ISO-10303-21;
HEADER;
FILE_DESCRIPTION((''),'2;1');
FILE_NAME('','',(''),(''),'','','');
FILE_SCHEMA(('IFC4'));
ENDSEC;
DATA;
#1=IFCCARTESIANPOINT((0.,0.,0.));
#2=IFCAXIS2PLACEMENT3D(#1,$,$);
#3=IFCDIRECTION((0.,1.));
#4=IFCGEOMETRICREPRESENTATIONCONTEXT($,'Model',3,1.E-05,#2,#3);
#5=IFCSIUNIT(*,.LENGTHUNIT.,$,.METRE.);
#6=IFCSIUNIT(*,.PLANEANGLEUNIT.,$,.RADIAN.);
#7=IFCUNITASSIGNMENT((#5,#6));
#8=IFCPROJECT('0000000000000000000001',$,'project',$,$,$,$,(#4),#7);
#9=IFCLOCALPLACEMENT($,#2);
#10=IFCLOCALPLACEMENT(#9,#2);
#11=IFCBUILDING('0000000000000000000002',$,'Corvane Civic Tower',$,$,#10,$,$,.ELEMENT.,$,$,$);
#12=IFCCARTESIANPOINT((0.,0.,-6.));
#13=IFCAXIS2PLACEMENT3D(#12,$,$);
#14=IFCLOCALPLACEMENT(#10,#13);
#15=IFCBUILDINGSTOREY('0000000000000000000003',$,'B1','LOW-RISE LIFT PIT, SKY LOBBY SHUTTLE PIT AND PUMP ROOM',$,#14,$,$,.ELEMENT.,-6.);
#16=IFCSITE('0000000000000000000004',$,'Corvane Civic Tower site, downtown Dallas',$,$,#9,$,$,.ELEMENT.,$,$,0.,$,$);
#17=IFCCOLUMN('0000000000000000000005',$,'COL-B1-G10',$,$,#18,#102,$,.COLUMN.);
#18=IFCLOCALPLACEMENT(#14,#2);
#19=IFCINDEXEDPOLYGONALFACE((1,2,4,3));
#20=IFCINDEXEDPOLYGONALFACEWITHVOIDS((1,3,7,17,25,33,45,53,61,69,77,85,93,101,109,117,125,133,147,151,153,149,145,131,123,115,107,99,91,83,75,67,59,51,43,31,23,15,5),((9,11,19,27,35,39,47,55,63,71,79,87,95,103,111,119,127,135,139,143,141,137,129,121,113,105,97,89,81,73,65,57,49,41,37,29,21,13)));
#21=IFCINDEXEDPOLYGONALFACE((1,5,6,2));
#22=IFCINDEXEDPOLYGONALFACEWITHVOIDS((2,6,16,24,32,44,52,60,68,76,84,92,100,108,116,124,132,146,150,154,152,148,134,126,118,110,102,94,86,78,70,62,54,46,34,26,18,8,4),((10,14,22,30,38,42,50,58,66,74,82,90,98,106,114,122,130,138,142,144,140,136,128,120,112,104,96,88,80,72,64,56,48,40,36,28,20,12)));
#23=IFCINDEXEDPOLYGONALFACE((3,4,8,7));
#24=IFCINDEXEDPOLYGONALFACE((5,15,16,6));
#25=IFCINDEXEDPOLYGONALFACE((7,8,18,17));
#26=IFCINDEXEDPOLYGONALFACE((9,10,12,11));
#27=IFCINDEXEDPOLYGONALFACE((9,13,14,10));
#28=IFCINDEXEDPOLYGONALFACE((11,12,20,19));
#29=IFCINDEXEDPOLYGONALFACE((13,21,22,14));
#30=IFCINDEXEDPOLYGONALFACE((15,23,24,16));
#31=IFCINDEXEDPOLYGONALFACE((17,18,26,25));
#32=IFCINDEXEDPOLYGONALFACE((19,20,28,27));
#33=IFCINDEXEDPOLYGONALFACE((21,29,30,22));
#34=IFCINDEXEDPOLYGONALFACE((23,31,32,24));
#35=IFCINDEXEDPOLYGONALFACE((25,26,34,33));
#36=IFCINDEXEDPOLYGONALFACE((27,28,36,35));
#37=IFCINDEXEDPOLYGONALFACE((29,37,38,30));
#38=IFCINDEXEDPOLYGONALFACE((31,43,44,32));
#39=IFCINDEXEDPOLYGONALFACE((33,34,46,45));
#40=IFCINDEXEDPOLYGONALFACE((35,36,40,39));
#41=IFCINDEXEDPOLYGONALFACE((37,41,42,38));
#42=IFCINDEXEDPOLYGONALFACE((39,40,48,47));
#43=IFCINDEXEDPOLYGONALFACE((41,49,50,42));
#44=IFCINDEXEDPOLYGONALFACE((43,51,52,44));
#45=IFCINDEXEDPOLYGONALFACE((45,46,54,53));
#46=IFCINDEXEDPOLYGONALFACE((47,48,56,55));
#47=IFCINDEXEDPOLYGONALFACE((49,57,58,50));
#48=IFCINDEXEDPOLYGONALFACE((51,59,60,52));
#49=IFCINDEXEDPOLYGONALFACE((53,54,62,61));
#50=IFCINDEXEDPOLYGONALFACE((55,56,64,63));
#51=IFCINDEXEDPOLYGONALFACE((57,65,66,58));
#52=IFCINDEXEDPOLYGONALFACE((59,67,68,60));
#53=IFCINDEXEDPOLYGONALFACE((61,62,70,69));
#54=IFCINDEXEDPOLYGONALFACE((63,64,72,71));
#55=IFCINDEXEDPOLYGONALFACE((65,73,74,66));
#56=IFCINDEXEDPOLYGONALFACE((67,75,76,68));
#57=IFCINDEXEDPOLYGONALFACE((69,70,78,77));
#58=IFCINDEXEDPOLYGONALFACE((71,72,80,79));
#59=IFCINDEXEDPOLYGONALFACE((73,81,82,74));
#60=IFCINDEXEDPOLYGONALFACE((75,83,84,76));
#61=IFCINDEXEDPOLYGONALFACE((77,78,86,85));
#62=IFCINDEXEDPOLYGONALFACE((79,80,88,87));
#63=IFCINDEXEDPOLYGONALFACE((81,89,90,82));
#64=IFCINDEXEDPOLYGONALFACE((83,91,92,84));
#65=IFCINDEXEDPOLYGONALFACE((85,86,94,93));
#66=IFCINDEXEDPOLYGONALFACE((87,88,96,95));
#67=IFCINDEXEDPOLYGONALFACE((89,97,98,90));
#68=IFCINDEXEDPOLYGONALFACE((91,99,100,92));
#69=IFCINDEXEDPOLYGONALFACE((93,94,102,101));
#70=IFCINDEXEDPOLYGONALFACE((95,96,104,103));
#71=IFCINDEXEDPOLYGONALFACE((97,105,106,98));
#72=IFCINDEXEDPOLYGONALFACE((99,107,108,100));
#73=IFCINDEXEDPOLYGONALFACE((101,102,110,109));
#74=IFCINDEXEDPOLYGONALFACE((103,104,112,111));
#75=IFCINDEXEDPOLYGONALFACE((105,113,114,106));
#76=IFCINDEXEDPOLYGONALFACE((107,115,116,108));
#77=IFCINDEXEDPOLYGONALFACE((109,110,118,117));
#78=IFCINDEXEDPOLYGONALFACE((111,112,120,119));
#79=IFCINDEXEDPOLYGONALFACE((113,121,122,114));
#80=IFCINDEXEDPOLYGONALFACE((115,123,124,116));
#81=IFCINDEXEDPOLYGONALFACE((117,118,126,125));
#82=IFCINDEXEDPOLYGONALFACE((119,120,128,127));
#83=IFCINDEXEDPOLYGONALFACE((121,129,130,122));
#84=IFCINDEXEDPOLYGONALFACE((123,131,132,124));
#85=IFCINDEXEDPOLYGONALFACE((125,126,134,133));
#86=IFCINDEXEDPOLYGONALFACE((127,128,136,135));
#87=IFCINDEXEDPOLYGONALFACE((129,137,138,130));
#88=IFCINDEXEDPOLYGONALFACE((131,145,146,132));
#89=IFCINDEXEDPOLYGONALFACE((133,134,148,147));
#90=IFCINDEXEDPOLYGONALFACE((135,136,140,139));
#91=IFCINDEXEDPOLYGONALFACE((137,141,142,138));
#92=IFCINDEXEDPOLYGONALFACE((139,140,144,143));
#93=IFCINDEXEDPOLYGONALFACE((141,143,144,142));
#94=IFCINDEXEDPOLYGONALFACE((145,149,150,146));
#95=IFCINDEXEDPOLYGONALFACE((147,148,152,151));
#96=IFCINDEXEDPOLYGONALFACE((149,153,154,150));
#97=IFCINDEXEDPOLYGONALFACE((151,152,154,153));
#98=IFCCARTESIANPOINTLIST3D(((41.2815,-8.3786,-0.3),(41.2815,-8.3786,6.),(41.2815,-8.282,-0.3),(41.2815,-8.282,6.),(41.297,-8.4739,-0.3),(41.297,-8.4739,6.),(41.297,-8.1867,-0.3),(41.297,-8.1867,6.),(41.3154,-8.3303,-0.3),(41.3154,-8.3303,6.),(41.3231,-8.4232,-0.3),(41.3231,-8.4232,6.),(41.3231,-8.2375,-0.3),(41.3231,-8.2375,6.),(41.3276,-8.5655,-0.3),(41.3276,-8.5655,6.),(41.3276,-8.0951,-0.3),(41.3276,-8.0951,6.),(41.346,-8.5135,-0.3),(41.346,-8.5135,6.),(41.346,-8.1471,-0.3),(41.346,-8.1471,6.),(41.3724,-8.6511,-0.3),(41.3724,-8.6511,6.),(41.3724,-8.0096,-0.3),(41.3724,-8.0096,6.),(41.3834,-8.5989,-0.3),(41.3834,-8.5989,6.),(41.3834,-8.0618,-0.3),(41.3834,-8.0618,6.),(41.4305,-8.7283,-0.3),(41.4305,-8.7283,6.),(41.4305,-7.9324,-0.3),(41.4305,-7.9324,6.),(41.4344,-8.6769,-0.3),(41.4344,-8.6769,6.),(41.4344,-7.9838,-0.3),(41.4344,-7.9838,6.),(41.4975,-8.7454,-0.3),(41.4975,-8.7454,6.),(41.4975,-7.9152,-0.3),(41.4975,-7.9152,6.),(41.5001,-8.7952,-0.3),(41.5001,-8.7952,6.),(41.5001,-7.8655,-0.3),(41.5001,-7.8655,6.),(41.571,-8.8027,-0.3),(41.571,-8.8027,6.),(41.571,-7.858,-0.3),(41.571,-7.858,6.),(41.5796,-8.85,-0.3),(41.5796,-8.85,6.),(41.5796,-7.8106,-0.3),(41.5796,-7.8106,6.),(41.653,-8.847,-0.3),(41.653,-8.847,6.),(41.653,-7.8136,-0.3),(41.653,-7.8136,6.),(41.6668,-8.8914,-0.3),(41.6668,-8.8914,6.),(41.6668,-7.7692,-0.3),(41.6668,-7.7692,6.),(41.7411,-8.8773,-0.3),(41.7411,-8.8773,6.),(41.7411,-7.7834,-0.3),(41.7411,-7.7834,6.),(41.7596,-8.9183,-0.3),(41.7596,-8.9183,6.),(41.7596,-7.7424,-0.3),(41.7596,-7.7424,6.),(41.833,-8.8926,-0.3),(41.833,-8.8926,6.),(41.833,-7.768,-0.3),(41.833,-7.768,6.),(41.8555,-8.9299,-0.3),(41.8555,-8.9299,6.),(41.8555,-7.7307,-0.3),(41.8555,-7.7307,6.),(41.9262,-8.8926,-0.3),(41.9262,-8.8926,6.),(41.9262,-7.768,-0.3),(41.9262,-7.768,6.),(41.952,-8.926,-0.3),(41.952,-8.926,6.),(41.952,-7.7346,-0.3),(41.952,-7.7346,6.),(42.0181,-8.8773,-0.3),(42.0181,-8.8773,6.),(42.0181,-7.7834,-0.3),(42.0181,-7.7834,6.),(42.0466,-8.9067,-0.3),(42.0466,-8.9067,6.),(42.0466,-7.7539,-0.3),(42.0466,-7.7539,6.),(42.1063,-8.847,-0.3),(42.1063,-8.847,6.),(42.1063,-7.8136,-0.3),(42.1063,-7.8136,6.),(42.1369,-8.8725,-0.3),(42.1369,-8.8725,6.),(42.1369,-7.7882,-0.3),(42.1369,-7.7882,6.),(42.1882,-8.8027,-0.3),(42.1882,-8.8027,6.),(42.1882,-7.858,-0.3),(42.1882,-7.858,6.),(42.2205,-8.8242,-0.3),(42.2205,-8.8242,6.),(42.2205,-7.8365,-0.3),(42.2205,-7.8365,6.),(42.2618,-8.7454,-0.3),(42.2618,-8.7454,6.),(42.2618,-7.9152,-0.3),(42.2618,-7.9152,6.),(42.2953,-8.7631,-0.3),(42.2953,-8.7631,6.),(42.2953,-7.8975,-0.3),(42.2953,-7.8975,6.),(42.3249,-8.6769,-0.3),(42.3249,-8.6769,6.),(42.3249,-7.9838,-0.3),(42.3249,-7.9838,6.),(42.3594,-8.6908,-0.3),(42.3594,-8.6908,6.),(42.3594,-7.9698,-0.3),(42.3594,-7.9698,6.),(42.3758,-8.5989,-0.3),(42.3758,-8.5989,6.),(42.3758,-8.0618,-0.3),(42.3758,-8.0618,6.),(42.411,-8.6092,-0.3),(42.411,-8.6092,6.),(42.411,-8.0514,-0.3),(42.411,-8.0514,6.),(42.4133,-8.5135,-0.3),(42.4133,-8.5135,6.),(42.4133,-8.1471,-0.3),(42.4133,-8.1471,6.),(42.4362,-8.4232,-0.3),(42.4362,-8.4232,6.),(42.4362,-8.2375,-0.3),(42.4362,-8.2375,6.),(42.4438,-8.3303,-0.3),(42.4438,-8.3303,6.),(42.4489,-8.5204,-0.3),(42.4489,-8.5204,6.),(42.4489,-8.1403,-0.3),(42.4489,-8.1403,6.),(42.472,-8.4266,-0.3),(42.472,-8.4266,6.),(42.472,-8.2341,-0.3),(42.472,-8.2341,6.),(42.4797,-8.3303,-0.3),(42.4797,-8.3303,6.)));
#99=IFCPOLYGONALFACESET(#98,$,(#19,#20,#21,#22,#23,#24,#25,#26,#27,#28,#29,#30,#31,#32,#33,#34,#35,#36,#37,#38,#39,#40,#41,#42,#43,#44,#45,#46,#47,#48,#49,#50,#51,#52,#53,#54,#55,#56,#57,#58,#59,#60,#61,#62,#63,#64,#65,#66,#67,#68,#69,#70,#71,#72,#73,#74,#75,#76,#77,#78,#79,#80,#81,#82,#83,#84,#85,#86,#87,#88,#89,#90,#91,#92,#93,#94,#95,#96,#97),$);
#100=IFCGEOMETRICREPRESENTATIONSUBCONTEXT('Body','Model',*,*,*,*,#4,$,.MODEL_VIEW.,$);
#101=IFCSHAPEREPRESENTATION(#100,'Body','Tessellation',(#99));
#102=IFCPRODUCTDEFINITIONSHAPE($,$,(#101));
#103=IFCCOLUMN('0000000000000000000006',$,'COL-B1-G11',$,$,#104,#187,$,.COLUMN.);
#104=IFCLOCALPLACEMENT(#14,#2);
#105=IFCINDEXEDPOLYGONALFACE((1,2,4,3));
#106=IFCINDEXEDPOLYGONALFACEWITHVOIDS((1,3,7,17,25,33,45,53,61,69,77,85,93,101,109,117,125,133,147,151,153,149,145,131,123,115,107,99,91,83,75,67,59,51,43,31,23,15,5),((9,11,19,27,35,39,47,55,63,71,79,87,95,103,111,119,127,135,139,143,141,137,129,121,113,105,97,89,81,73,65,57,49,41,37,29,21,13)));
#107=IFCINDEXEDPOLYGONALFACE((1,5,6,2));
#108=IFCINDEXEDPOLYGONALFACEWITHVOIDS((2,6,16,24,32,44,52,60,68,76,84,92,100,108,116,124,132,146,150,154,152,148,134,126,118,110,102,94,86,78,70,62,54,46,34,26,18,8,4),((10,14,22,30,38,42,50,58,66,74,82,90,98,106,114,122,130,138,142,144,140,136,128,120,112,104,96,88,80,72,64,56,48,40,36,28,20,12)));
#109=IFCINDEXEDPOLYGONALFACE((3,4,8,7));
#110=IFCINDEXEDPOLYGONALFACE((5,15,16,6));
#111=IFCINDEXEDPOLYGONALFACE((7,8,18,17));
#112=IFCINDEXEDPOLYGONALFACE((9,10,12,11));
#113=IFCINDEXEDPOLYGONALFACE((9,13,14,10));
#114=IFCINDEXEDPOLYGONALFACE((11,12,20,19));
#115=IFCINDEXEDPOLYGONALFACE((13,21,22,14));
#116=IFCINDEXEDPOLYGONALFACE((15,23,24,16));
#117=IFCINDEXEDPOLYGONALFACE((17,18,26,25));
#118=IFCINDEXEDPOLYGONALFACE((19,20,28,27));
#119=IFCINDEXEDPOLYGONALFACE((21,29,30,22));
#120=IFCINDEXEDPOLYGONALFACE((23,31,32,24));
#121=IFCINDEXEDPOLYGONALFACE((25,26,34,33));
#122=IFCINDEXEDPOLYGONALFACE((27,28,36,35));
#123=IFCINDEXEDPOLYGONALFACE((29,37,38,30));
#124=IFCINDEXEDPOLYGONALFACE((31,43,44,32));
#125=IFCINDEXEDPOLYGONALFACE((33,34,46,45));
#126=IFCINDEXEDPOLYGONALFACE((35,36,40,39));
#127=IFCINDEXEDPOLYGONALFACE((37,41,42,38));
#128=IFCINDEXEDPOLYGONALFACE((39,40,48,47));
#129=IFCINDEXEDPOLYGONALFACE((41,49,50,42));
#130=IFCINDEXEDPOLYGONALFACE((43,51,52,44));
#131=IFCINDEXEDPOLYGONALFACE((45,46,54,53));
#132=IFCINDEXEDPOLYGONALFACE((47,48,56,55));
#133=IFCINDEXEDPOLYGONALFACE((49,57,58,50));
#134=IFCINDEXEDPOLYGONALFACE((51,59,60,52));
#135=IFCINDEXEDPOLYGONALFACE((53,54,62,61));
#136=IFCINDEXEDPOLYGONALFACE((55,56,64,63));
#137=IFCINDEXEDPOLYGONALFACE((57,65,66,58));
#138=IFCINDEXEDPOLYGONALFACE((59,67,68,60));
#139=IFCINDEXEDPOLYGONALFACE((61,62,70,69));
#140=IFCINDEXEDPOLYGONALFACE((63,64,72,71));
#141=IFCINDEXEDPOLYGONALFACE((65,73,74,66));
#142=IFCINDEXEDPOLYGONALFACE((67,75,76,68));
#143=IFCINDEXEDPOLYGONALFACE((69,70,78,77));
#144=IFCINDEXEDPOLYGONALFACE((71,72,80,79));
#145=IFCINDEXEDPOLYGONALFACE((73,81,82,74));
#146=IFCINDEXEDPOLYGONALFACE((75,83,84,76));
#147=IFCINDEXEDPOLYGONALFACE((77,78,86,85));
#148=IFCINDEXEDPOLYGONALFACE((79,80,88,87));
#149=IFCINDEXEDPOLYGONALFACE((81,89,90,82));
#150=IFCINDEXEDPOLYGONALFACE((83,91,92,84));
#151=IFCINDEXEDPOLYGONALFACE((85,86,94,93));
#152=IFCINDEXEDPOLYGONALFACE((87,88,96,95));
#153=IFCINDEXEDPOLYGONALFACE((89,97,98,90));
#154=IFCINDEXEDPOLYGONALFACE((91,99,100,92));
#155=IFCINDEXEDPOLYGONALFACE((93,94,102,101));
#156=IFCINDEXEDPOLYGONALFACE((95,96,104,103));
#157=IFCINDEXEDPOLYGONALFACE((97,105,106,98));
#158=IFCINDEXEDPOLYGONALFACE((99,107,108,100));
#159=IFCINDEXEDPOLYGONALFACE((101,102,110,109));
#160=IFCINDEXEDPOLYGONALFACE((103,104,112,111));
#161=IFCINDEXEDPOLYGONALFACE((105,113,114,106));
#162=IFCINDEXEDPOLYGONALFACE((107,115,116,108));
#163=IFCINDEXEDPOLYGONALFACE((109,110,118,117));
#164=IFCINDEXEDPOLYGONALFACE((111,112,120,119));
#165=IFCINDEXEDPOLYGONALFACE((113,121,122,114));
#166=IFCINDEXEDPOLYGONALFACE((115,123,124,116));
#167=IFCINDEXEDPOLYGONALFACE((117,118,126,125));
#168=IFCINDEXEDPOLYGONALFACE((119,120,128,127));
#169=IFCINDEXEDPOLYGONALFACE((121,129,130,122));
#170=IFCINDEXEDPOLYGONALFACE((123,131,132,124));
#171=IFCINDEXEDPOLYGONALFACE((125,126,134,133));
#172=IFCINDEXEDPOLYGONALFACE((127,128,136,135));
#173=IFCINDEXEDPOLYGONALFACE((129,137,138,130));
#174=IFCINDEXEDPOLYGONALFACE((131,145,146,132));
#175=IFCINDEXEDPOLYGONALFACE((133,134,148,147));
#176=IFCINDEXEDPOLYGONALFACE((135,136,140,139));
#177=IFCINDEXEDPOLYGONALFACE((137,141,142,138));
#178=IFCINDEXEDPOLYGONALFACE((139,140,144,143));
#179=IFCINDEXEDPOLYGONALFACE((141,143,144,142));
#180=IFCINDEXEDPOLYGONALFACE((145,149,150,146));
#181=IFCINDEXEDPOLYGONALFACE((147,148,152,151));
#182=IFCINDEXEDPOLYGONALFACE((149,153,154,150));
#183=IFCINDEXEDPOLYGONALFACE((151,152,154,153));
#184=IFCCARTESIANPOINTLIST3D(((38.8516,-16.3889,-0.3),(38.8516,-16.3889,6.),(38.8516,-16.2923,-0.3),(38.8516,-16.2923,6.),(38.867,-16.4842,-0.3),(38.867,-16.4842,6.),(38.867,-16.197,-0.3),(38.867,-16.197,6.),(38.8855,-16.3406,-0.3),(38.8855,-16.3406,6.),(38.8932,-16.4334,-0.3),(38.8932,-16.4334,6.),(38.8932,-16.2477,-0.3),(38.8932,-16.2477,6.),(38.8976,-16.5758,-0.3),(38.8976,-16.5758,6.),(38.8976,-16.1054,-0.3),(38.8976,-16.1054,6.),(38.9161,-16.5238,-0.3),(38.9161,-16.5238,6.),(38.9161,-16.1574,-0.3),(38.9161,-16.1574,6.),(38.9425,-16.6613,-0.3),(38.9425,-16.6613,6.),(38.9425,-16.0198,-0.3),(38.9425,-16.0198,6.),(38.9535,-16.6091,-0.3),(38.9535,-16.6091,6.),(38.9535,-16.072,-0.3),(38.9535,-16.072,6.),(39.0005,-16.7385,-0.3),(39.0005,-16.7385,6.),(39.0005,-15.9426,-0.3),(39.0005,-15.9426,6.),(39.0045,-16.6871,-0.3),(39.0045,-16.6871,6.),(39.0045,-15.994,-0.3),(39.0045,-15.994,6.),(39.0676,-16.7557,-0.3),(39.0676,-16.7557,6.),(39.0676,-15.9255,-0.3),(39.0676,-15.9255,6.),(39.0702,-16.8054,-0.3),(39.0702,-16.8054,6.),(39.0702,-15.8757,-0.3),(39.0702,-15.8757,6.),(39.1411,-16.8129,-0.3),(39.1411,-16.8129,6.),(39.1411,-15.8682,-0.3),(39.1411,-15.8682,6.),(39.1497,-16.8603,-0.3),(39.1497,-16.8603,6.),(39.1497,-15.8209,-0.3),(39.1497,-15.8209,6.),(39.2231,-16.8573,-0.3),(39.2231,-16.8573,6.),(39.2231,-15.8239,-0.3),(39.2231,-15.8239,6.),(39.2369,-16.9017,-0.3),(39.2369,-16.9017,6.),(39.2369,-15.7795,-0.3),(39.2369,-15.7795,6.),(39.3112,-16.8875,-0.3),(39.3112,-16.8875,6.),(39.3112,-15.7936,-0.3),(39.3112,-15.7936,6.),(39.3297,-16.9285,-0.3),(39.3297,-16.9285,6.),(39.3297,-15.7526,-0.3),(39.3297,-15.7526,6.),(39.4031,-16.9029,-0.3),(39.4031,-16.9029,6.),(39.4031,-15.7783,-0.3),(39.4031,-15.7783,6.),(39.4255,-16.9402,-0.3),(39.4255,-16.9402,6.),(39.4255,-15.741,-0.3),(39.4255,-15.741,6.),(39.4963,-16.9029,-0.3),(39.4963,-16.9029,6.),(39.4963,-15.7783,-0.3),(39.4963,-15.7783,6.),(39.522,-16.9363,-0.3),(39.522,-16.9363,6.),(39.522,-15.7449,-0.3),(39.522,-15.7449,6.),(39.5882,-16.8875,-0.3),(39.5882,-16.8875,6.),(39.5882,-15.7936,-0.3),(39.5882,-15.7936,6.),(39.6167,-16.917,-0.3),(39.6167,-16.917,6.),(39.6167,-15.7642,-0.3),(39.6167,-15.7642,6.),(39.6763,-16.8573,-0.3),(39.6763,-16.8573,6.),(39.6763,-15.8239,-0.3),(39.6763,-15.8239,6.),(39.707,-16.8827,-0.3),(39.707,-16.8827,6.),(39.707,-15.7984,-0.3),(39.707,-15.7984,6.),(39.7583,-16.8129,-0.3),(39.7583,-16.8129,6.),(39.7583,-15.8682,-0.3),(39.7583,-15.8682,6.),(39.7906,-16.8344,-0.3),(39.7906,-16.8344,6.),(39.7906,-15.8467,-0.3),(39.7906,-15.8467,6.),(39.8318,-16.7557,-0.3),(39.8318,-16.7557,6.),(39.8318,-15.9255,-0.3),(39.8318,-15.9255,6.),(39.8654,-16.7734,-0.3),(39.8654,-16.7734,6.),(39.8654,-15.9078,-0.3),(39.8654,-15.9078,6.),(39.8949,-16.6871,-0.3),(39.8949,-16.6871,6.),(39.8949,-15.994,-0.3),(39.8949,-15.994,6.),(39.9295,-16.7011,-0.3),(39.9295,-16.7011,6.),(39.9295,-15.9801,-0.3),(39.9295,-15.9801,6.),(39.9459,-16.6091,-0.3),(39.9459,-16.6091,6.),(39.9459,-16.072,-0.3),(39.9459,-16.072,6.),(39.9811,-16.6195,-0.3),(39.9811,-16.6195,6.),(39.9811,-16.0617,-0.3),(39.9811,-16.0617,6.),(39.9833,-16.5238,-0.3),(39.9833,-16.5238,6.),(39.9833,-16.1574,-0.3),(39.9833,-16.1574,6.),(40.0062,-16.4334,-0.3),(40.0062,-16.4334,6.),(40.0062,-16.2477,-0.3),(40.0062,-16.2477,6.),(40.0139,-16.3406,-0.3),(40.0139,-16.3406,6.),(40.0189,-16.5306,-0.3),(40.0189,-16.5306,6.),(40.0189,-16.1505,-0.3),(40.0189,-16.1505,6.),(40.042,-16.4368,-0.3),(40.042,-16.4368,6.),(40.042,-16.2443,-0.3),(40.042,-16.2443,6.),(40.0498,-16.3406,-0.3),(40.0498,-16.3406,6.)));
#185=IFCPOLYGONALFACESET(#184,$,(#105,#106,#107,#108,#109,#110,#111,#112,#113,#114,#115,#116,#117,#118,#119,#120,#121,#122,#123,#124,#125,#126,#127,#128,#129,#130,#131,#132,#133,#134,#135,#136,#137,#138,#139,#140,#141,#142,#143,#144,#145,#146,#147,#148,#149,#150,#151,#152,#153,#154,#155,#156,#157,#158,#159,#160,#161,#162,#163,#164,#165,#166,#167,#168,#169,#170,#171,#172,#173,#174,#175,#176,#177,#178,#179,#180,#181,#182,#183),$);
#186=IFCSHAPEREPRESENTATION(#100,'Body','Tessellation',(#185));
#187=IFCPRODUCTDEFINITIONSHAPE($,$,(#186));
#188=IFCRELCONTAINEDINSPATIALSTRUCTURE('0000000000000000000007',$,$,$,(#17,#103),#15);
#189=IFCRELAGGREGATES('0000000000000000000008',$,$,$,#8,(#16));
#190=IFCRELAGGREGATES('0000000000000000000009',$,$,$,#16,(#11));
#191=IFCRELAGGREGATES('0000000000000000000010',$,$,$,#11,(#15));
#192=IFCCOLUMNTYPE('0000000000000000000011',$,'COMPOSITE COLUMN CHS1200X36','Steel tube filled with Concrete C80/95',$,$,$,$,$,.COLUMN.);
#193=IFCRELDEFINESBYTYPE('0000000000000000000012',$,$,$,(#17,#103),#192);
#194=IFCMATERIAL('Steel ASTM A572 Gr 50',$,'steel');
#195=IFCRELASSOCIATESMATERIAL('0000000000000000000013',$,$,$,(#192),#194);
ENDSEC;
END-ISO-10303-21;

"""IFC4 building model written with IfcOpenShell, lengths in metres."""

from ifc_helpers import new_model, si_unit, direction, frame, origin, origin_2d, place, context, subcontext, project, spatial, hollow_circle, extrude, material, material_profile, profile_set, type_object, element, save


model = new_model("IFC4")

# Units and contexts
model_context = context("Model", 3, precision=1e-05, world=origin(), true_north=direction((0.0, 1.0)))
body_context = subcontext(model_context, "Body", "Model", "MODEL_VIEW")
ifc_project = project(units=[si_unit("LENGTHUNIT", "METRE"), si_unit("PLANEANGLEUNIT", "RADIAN")], contexts=[model_context])

# Site, building, storey
site_placement = place(None, origin())
site = spatial("IfcSite", under=ifc_project, at=site_placement, Name="Corvane Civic Tower site, downtown Dallas", CompositionType="ELEMENT", RefElevation=0.0)
building_placement = place(site_placement, origin())
building = spatial("IfcBuilding", under=site, at=building_placement, Name="Corvane Civic Tower", CompositionType="ELEMENT")
storey_placement = place(building_placement, frame((0.0, 0.0, -6.0)))
storey = spatial("IfcBuildingStorey", under=building, at=storey_placement, Name="B1", Description="LOW-RISE LIFT PIT, SKY LOBBY SHUTTLE PIT AND PUMP ROOM", CompositionType="ELEMENT", Elevation=-6.0)

# Columns
ifc_material_1 = material(Name="Steel ASTM A572 Gr 50", Category="steel")
ifc_material_profile_1 = material_profile(ifc_material_1, hollow_circle(Radius=0.6001, WallThickness=0.0359, at=origin_2d()), Name="CHS1200X36")
ifc_profile_set_1 = profile_set([ifc_material_profile_1], Name="Steel ASTM A572 Gr 50")
column_type_1 = type_object("IfcColumnType", Name="COMPOSITE COLUMN CHS1200X36", Description="Steel tube filled with Concrete C80/95", PredefinedType="COLUMN", material=ifc_profile_set_1)
for number, where, z_axis, x_axis, name in (
    (1, (41.8796, -8.3303, -0.3), (0.0, 0.0, 1.0), (1.0, 0.0, 0.0), "COL-B1-G10"),
    (2, (39.4497, -16.3406, -0.3), (0.0, 0.0, 1.0), (1.0, 0.0, 0.0), "COL-B1-G11"),
):
    element("IfcColumn", number, at=place(storey_placement, frame(where, z_axis=z_axis, x_axis=x_axis)), inside=storey, type_object=column_type_1, Name=name, PredefinedType="COLUMN", context=body_context, shape_type="SweptSolid", body=[
        extrude(hollow_circle(Radius=0.6001, WallThickness=0.0359, at=origin_2d()), origin(), (0.0, 0.0, 1.0), 6.3),
    ])

save(model, "model.ifc")
